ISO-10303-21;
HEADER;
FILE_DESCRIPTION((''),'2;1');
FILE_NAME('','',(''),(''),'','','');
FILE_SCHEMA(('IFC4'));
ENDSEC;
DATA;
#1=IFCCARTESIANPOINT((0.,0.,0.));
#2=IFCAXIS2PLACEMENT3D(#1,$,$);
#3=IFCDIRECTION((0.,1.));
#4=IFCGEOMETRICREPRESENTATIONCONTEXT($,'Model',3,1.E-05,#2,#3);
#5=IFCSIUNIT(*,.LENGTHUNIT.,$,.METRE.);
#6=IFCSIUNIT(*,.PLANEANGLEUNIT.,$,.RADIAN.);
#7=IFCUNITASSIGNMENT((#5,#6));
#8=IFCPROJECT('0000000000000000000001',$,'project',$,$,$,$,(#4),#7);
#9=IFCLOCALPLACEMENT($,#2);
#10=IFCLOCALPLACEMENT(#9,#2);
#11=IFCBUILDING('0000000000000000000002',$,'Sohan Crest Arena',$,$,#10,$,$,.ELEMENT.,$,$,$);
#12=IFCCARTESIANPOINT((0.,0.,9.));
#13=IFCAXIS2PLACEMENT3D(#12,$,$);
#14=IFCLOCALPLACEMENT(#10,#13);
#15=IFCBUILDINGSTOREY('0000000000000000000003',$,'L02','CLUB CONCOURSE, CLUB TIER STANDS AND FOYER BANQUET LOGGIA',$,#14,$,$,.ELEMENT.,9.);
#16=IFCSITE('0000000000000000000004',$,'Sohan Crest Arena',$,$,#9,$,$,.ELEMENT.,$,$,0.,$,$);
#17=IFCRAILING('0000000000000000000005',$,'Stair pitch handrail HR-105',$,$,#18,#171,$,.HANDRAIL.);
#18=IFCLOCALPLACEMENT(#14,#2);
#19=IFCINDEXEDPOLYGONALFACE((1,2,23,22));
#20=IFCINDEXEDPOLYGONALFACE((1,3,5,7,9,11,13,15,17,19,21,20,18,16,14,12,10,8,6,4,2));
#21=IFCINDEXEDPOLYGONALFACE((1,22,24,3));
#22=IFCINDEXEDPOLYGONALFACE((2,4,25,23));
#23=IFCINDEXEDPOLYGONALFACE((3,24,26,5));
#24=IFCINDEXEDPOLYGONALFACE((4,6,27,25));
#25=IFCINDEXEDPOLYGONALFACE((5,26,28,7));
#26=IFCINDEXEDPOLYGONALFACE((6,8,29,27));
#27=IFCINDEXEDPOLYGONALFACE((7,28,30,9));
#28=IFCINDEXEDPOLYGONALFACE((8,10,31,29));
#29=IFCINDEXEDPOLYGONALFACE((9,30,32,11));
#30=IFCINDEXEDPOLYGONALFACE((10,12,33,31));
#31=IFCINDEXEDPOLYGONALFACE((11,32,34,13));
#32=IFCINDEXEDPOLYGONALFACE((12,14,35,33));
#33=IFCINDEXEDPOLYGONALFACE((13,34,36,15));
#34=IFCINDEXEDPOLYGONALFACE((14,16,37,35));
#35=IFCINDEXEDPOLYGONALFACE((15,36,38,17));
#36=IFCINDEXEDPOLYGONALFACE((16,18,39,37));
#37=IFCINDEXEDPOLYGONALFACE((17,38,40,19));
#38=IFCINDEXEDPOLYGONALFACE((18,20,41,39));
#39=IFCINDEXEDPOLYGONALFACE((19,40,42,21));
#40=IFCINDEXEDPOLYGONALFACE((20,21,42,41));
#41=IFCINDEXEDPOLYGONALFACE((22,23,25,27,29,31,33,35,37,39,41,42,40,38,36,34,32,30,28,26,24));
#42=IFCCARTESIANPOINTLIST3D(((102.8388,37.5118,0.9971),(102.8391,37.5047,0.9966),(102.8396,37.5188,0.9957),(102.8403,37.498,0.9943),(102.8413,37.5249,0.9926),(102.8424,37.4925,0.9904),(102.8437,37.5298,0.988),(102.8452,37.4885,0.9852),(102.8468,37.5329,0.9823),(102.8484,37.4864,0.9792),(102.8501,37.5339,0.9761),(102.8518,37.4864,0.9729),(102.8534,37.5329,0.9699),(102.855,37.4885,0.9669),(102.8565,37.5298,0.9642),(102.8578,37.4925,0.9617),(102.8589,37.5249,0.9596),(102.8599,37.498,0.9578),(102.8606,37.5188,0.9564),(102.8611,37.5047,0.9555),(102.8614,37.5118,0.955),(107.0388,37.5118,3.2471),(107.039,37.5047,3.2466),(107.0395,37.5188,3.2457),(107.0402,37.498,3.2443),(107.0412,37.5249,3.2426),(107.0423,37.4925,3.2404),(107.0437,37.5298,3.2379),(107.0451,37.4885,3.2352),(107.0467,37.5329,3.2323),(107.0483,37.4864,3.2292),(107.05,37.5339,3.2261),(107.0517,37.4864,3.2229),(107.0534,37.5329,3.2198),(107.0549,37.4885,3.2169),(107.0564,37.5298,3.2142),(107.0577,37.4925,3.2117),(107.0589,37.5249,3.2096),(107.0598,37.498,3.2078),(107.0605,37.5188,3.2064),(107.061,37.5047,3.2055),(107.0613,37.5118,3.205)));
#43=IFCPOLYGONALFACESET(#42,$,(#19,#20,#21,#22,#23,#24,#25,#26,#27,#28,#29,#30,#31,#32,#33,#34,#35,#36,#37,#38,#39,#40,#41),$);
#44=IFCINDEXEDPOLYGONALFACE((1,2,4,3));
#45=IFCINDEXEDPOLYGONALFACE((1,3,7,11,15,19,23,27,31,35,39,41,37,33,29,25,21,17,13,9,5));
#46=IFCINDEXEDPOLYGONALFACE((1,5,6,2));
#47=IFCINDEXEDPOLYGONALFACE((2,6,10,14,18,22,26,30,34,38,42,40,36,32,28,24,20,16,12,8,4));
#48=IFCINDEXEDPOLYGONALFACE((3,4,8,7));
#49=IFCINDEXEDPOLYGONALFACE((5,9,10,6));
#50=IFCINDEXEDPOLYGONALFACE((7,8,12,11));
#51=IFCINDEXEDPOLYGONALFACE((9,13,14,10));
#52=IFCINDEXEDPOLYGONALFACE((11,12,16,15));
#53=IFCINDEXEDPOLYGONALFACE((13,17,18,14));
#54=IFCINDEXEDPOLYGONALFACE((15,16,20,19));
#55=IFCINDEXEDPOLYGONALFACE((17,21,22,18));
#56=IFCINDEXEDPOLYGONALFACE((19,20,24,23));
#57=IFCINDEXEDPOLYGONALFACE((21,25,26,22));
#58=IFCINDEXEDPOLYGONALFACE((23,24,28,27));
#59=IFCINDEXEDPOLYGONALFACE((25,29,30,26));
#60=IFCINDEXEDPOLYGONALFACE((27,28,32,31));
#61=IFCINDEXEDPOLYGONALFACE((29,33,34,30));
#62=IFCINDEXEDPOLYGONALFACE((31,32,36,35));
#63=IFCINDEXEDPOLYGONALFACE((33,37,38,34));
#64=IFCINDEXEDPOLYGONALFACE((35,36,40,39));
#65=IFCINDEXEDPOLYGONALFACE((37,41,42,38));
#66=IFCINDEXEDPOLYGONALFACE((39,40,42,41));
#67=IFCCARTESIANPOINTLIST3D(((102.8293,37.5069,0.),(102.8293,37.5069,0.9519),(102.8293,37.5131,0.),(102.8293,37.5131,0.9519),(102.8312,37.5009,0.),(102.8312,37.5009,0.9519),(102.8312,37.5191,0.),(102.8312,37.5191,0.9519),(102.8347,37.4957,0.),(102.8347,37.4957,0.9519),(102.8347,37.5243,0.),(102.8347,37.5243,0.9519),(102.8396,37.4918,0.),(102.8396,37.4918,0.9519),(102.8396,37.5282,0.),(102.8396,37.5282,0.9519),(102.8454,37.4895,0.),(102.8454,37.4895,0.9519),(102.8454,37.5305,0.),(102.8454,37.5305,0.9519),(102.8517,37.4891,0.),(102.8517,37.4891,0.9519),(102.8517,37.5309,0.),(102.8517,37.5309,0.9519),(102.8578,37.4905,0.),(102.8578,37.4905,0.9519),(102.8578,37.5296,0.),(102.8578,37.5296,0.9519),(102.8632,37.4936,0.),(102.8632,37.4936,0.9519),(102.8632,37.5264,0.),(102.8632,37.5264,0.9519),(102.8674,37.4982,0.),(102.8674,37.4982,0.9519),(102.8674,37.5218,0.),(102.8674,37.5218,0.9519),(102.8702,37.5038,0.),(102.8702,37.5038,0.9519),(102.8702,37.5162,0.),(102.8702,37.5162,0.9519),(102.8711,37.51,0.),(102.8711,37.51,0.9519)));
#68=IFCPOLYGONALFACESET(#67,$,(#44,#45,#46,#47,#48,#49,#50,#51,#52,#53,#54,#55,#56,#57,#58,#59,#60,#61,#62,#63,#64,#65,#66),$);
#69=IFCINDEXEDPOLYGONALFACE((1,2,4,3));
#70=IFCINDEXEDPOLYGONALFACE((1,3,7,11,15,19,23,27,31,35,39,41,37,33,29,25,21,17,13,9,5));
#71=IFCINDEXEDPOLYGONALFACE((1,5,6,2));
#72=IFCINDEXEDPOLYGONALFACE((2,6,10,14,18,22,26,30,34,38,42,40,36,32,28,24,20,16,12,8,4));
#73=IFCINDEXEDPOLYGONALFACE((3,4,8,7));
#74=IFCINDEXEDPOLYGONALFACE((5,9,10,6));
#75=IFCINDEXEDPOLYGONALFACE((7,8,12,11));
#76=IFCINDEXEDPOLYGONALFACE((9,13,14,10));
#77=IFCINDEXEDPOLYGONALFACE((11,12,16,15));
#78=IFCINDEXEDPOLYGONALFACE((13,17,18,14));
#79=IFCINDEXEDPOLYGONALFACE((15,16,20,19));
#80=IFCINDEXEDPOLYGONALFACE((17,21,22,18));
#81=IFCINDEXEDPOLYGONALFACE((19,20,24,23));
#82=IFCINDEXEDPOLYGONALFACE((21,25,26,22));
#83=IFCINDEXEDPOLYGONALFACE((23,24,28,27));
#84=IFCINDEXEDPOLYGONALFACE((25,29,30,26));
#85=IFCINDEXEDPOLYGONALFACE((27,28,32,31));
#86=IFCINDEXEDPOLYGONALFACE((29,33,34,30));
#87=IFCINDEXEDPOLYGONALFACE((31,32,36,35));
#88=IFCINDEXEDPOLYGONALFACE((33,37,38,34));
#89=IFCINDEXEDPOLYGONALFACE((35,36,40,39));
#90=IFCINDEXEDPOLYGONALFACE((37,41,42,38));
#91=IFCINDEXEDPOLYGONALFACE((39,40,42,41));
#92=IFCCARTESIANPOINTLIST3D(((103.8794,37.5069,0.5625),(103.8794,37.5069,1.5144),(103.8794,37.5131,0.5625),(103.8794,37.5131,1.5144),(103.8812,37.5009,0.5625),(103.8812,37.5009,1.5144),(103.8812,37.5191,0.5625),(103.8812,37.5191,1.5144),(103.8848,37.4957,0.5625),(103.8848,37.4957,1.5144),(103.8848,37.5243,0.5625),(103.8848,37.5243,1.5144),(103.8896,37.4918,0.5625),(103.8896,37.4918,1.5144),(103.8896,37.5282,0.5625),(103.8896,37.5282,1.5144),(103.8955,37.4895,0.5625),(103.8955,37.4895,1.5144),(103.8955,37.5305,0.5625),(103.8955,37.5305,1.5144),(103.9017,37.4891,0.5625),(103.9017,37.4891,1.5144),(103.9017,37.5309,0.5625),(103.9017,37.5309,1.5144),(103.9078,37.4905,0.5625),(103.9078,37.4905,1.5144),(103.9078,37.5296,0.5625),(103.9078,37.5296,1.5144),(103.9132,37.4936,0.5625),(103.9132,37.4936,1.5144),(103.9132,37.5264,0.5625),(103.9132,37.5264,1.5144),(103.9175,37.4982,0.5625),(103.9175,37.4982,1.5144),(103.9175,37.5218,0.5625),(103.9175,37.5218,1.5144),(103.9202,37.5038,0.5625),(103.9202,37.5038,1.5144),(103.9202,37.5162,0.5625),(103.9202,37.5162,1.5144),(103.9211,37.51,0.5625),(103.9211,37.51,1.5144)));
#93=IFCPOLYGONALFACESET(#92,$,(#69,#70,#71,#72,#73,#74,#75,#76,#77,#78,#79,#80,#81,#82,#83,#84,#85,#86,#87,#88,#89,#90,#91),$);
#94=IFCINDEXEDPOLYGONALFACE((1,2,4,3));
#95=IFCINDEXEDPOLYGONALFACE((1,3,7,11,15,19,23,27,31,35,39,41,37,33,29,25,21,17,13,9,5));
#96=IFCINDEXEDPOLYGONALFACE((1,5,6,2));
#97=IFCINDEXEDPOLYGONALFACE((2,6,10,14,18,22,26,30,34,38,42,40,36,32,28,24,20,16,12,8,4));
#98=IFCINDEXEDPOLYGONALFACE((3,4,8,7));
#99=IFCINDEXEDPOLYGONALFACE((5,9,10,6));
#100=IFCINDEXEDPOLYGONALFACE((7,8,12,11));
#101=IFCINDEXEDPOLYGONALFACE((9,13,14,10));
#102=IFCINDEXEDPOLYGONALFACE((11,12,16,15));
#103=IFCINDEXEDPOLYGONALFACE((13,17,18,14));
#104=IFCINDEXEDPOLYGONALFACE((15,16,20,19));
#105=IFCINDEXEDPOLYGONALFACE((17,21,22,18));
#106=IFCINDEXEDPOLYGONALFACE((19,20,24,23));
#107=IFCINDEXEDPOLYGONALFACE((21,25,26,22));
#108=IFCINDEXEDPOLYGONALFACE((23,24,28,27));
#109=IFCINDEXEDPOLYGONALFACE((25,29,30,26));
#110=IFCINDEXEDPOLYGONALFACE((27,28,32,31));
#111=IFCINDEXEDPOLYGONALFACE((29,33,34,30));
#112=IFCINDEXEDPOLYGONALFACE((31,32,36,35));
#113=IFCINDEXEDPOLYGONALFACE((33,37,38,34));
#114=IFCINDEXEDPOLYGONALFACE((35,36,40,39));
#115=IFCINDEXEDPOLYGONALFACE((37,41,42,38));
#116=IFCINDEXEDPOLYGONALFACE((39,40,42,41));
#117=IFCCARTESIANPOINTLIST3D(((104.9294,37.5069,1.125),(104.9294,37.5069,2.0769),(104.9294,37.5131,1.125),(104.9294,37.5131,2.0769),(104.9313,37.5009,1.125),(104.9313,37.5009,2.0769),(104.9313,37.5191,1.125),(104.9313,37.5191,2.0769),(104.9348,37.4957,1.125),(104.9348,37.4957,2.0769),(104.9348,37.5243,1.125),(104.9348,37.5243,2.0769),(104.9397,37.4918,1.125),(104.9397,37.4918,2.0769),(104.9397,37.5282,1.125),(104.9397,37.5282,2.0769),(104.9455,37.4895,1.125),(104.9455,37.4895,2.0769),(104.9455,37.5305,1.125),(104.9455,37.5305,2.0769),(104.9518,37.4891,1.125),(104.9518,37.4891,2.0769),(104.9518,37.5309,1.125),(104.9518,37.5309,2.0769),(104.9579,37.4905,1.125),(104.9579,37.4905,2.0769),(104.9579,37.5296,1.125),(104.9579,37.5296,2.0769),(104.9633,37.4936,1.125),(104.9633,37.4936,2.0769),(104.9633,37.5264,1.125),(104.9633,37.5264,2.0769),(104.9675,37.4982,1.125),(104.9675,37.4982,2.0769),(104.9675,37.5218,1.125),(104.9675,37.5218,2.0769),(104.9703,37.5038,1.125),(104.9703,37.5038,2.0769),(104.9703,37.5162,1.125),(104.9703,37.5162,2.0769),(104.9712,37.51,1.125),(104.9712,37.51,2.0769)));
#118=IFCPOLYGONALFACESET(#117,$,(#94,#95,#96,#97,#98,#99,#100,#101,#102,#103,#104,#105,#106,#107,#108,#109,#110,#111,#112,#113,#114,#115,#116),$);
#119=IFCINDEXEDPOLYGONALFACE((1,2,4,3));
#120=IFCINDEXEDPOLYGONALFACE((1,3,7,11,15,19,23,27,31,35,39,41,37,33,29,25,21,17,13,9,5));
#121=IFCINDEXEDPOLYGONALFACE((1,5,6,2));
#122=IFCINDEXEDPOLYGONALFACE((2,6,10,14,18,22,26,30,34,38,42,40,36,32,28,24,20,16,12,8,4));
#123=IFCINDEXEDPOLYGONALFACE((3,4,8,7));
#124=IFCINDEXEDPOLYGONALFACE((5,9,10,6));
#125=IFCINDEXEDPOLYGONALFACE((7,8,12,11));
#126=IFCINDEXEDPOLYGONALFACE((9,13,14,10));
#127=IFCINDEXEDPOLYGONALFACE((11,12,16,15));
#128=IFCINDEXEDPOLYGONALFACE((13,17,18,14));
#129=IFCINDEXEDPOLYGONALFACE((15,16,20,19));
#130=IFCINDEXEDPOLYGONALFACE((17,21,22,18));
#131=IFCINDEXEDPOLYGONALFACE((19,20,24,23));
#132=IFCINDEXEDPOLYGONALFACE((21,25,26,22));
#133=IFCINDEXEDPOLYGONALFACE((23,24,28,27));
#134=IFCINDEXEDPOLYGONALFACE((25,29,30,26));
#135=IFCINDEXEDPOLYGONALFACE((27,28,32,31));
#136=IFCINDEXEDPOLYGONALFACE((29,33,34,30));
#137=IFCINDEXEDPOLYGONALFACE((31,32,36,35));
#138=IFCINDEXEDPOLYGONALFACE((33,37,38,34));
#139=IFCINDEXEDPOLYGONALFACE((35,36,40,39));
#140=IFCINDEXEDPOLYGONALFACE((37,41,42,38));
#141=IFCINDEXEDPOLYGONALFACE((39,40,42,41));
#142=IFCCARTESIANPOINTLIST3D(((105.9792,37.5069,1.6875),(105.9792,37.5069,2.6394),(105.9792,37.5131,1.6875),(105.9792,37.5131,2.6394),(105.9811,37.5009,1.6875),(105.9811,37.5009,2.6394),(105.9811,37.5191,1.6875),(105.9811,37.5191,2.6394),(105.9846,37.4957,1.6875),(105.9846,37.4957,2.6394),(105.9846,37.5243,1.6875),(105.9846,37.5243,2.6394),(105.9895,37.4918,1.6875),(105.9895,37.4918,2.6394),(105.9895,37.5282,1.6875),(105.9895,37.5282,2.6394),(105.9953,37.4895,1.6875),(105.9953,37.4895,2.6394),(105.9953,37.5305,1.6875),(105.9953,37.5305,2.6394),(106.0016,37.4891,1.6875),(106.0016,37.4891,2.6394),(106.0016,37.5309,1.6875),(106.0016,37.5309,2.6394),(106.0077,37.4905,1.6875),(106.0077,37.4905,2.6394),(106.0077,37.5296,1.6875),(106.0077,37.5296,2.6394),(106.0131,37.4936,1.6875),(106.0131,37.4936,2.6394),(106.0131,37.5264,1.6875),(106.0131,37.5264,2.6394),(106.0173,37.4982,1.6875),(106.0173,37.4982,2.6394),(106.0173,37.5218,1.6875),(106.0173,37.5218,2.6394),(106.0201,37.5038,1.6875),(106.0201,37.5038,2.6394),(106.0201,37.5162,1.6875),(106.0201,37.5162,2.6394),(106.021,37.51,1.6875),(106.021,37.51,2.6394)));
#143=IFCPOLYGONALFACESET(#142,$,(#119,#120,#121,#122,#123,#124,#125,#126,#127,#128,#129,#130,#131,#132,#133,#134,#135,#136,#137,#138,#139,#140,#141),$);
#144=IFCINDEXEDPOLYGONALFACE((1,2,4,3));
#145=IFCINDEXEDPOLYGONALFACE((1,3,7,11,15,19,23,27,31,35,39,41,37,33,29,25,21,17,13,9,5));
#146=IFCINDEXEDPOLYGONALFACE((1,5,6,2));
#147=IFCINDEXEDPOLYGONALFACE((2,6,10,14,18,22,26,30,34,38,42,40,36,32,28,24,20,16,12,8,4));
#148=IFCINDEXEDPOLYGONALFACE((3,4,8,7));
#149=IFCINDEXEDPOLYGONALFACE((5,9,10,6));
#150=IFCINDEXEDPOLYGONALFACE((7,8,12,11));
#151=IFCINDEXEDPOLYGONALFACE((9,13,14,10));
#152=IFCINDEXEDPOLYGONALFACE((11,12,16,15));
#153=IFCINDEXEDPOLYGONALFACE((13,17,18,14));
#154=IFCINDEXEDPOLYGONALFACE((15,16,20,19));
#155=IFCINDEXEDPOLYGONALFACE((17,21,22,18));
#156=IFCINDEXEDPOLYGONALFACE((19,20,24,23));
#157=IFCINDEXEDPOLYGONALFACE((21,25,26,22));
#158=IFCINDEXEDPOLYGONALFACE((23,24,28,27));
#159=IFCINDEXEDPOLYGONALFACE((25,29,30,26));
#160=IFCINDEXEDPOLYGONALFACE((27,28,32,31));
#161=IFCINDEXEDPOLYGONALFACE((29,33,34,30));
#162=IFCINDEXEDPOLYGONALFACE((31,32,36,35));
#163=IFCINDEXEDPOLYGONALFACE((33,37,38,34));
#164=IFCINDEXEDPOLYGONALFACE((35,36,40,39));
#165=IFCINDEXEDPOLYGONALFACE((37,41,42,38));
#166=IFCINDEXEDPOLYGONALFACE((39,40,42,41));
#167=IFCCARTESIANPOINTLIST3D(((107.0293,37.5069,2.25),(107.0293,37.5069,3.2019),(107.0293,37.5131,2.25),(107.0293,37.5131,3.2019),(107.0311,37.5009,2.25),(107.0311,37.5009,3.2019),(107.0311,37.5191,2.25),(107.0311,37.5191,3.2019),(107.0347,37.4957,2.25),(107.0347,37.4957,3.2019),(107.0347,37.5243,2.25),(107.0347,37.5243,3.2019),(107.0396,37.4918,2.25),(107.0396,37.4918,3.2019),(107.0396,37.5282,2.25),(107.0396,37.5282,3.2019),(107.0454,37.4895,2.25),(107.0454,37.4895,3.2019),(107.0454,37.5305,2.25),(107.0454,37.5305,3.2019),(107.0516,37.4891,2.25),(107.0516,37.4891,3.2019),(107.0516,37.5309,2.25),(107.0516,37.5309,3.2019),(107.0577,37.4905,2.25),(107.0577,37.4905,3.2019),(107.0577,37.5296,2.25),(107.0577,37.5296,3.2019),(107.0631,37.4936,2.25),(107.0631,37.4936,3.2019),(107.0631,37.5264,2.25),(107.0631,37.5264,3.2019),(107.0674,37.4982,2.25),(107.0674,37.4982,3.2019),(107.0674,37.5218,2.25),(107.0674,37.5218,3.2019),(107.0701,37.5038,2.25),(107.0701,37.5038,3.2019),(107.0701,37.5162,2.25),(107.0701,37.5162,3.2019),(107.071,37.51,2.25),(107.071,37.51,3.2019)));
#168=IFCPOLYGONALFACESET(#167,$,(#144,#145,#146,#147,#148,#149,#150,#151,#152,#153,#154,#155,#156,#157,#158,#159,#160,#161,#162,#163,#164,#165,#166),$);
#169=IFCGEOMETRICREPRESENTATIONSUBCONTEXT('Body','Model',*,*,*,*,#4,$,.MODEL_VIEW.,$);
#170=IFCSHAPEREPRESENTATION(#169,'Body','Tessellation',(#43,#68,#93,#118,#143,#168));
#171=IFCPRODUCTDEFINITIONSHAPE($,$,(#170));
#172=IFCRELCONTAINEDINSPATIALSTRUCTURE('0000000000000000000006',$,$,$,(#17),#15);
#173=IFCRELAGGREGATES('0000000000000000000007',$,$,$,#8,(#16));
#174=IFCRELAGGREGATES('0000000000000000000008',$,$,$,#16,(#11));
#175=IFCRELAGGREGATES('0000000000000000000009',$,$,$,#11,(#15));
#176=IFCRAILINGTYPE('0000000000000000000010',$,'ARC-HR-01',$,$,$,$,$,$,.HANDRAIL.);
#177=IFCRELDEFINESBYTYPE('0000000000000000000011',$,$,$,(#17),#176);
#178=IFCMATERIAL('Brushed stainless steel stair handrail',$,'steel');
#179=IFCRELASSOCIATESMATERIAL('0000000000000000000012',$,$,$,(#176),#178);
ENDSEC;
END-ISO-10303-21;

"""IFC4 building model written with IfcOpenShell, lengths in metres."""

from ifc_helpers import new_model, si_unit, direction, frame, origin, origin_2d, place, context, subcontext, project, spatial, circle, extrude, material, type_object, element, save


model = new_model("IFC4")

# Units and contexts
model_context = context("Model", 3, precision=1e-05, world=origin(), true_north=direction((0.0, 1.0)))
body_context = subcontext(model_context, "Body", "Model", "MODEL_VIEW")
ifc_project = project(units=[si_unit("LENGTHUNIT", "METRE"), si_unit("PLANEANGLEUNIT", "RADIAN")], contexts=[model_context])

# Site, building, storey
site_placement = place(None, origin())
site = spatial("IfcSite", under=ifc_project, at=site_placement, Name="Sohan Crest Arena", CompositionType="ELEMENT", RefElevation=0.0)
building_placement = place(site_placement, origin())
building = spatial("IfcBuilding", under=site, at=building_placement, Name="Sohan Crest Arena", CompositionType="ELEMENT")
storey_placement = place(building_placement, frame((0.0, 0.0, 9.0)))
storey = spatial("IfcBuildingStorey", under=building, at=storey_placement, Name="L02", Description="CLUB CONCOURSE, CLUB TIER STANDS AND FOYER BANQUET LOGGIA", CompositionType="ELEMENT", Elevation=9.0)

# Railing
ifc_material_1 = material(Name="Brushed stainless steel stair handrail", Category="steel")
railing_type = type_object("IfcRailingType", Name="ARC-HR-01", PredefinedType="HANDRAIL", material=ifc_material_1)
railing_placement = place(storey_placement, frame((102.8501, 37.51, 0.0)))
element("IfcRailing", 1, at=railing_placement, inside=storey, type_object=railing_type, Name="Stair pitch handrail HR-105", PredefinedType="HANDRAIL", context=body_context, shape_type="SweptSolid", body=[
    extrude(circle(Radius=0.0239, at=origin_2d()), frame((0.0, 0.0, 0.9761), z_axis=(0.881478, 0.0, 0.472226), x_axis=(0.0, 1.0, 0.0)), (0.0, 0.0, 1.0), 4.7646),
    extrude(circle(Radius=0.021, at=origin_2d()), origin(), (0.0, 0.0, 1.0), 0.9519),
    extrude(circle(Radius=0.021, at=origin_2d()), frame((1.05, 0.0, 0.5625)), (0.0, 0.0, 1.0), 0.9519),
    extrude(circle(Radius=0.021, at=origin_2d()), frame((2.1001, 0.0, 1.125)), (0.0, 0.0, 1.0), 0.9519),
    extrude(circle(Radius=0.021, at=origin_2d()), frame((3.1499, 0.0, 1.6875)), (0.0, 0.0, 1.0), 0.9519),
    extrude(circle(Radius=0.021, at=origin_2d()), frame((4.2, 0.0, 2.25)), (0.0, 0.0, 1.0), 0.9519),
])

save(model, "model.ifc")
